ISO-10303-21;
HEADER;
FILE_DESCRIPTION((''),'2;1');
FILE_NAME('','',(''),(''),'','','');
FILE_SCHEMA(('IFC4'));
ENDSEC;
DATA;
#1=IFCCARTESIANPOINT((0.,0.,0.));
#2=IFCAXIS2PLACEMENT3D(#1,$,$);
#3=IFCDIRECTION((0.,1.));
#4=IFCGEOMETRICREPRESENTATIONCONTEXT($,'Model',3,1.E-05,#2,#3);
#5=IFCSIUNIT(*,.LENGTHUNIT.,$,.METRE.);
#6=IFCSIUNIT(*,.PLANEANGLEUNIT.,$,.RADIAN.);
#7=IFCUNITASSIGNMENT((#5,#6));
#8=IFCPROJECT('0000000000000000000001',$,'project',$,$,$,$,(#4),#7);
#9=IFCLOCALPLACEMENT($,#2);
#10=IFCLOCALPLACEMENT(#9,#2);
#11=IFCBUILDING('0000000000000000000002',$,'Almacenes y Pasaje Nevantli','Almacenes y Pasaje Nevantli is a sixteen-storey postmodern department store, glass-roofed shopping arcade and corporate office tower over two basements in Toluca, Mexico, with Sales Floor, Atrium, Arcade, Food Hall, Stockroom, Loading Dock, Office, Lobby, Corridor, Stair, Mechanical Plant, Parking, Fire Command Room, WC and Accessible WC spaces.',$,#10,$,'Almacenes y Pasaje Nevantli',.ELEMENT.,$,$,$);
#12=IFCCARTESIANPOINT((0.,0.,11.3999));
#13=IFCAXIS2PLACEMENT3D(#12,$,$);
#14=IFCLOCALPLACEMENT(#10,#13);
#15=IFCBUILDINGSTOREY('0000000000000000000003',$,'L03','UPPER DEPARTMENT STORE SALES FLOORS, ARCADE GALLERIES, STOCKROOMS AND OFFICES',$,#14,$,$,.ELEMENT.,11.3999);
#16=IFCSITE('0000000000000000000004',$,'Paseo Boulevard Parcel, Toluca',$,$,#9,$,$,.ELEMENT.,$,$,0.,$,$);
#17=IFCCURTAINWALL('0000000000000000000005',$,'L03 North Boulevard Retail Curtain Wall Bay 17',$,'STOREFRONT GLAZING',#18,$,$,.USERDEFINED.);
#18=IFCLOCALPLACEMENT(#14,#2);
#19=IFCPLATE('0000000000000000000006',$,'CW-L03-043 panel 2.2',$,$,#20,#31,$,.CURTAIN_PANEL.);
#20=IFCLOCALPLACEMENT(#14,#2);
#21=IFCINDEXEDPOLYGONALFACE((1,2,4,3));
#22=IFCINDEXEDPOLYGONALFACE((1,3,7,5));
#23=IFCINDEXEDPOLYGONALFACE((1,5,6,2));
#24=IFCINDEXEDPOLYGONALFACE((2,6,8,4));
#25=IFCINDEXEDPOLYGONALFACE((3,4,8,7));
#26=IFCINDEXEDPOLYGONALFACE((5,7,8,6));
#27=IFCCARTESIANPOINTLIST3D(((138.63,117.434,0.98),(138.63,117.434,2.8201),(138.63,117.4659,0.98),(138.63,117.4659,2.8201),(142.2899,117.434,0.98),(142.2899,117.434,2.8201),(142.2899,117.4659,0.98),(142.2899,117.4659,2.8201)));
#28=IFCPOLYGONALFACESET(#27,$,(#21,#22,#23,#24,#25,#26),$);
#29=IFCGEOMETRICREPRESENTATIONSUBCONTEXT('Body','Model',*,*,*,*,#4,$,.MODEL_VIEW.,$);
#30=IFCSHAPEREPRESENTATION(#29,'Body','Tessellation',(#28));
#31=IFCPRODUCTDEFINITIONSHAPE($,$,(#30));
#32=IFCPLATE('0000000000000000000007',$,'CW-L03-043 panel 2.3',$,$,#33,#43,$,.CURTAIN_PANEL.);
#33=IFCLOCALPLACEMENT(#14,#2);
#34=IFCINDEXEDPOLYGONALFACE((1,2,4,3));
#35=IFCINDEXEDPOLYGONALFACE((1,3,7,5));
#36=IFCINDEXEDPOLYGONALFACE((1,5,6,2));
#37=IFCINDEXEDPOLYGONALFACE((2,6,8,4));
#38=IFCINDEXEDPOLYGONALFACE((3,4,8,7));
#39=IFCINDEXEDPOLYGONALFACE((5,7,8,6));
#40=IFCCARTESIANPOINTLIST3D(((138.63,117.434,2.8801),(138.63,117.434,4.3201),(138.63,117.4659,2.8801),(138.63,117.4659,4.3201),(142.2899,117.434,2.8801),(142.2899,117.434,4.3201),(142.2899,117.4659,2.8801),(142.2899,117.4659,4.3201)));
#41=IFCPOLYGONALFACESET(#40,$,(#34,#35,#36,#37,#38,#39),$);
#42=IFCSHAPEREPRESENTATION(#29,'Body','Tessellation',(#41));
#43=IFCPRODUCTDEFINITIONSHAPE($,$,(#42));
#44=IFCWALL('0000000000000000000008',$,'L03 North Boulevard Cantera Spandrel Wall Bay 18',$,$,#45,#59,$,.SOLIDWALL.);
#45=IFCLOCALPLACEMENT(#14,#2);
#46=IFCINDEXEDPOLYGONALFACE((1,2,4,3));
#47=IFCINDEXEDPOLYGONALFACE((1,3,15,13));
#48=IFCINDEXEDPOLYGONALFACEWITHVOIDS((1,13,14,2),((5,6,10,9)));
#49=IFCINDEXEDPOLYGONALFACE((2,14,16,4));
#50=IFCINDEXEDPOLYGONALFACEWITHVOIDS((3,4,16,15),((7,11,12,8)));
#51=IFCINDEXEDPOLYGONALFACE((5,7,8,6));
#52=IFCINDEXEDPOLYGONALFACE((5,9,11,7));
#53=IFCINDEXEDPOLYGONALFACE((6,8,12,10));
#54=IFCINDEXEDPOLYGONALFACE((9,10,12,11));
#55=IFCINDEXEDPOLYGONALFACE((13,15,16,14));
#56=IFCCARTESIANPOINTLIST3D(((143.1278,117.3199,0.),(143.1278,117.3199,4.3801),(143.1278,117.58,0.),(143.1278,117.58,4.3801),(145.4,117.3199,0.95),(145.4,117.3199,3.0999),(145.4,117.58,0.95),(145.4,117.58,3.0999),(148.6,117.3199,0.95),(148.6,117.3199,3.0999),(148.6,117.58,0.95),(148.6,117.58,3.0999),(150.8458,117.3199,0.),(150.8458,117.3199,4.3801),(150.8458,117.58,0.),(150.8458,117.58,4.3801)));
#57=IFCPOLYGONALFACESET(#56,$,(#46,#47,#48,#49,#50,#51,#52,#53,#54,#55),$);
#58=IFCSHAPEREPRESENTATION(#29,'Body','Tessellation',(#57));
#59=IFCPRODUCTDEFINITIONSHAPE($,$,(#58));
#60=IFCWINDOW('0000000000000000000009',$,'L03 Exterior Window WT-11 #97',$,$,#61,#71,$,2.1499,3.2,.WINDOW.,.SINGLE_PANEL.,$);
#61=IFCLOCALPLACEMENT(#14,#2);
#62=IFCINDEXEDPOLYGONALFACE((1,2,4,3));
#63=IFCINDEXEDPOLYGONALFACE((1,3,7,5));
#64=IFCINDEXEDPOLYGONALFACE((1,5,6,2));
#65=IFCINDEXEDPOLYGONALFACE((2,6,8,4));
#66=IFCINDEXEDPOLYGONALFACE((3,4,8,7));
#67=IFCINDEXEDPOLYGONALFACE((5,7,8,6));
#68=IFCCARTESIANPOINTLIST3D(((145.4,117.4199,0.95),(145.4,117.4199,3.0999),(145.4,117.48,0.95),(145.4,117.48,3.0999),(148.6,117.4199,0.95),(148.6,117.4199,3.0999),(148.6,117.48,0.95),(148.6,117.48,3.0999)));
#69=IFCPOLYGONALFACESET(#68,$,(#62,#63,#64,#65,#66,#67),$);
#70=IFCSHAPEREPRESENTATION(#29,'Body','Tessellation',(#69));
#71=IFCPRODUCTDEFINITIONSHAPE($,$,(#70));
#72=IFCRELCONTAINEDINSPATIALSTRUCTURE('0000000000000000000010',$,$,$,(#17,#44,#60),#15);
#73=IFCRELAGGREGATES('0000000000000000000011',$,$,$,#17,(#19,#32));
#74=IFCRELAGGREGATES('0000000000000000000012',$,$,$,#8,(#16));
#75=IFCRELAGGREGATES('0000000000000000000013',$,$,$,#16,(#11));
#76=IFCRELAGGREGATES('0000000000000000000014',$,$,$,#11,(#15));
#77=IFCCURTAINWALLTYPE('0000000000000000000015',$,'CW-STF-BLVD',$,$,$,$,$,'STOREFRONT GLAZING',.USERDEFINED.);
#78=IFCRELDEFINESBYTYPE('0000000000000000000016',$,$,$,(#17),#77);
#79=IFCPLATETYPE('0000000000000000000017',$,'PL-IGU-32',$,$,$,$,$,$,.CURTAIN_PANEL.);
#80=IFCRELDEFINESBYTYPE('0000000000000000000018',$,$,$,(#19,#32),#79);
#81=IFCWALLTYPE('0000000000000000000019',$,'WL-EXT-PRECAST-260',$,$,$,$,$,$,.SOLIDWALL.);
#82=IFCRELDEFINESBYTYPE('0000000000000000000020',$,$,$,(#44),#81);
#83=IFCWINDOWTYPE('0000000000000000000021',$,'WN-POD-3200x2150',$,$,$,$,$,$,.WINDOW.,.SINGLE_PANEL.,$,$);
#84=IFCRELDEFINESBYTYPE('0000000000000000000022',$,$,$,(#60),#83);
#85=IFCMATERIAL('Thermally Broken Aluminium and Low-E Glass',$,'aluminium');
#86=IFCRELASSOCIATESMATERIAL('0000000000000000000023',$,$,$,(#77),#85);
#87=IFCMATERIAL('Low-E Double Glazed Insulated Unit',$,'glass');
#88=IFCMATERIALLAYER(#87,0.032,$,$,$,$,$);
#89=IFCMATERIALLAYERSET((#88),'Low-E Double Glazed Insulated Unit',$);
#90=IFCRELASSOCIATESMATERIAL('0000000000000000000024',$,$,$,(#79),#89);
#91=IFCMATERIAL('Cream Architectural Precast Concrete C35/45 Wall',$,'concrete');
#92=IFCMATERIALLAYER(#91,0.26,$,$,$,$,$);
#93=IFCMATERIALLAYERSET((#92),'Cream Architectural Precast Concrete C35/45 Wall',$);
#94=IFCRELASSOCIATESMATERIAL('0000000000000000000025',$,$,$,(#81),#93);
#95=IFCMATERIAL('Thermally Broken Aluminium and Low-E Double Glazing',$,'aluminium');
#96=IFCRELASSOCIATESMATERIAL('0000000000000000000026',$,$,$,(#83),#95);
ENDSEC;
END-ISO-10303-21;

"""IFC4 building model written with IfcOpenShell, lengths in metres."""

from ifc_helpers import new_model, si_unit, direction, frame, frame_2d, origin, origin_2d, place, context, subcontext, project, spatial, rectangle, extrude, material, layer, layer_set, type_object, element, fill, aggregate, save


model = new_model("IFC4")

# Units and contexts
model_context = context("Model", 3, precision=1e-05, world=origin(), true_north=direction((0.0, 1.0)))
body_context = subcontext(model_context, "Body", "Model", "MODEL_VIEW")
ifc_project = project(units=[si_unit("LENGTHUNIT", "METRE"), si_unit("PLANEANGLEUNIT", "RADIAN")], contexts=[model_context])

# Site, building, storey
site_placement = place(None, origin())
site = spatial("IfcSite", under=ifc_project, at=site_placement, Name="Paseo Boulevard Parcel, Toluca", CompositionType="ELEMENT", RefElevation=0.0)
building_placement = place(site_placement, origin())
building = spatial("IfcBuilding", under=site, at=building_placement, Name="Almacenes y Pasaje Nevantli", Description="Almacenes y Pasaje Nevantli is a sixteen-storey postmodern department store, glass-roofed shopping arcade and corporate office tower over two basements in Toluca, Mexico, with Sales Floor, Atrium, Arcade, Food Hall, Stockroom, Loading Dock, Office, Lobby, Corridor, Stair, Mechanical Plant, Parking, Fire Command Room, WC and Accessible WC spaces.", LongName="Almacenes y Pasaje Nevantli", CompositionType="ELEMENT")
storey_placement = place(building_placement, frame((0.0, 0.0, 11.3999)))
storey = spatial("IfcBuildingStorey", under=building, at=storey_placement, Name="L03", Description="UPPER DEPARTMENT STORE SALES FLOORS, ARCADE GALLERIES, STOCKROOMS AND OFFICES", CompositionType="ELEMENT", Elevation=11.3999)

# Curtain wall
ifc_material_1 = material(Name="Thermally Broken Aluminium and Low-E Glass", Category="aluminium")
curtain_wall_type = type_object("IfcCurtainWallType", Name="CW-STF-BLVD", ElementType="STOREFRONT GLAZING", PredefinedType="USERDEFINED", material=ifc_material_1)
curtain_wall_1_placement = place(storey_placement, origin())
curtain_wall_1 = element("IfcCurtainWall", 1, at=curtain_wall_1_placement, inside=storey, type_object=curtain_wall_type, Name="L03 North Boulevard Retail Curtain Wall Bay 17", ObjectType="STOREFRONT GLAZING", PredefinedType="USERDEFINED")

# Plates
ifc_material_2 = material(Name="Low-E Double Glazed Insulated Unit", Category="glass")
ifc_layer_1 = layer(ifc_material_2, 0.032)
ifc_layer_set_1 = layer_set([ifc_layer_1], Name="Low-E Double Glazed Insulated Unit")
plate_type = type_object("IfcPlateType", Name="PL-IGU-32", PredefinedType="CURTAIN_PANEL", material=ifc_layer_set_1)
plate_1_placement = place(storey_placement, frame((140.46, 117.45, 0.98), z_axis=(0.0, 0.0, 1.0), x_axis=(1.0, 0.0, 0.0)))
plate_1 = element("IfcPlate", 2, at=plate_1_placement, type_object=plate_type, Name="CW-L03-043 panel 2.2", PredefinedType="CURTAIN_PANEL", context=body_context, shape_type="SweptSolid", body=[
    extrude(rectangle(XDim=3.6599, YDim=0.032, at=origin_2d()), origin(), (0.0, 0.0, 1.0), 1.8401),
])
plate_2_placement = place(storey_placement, frame((140.46, 117.45, 2.8801), z_axis=(0.0, 0.0, 1.0), x_axis=(1.0, 0.0, 0.0)))
plate_2 = element("IfcPlate", 3, at=plate_2_placement, type_object=plate_type, Name="CW-L03-043 panel 2.3", PredefinedType="CURTAIN_PANEL", context=body_context, shape_type="SweptSolid", body=[
    extrude(rectangle(XDim=3.6599, YDim=0.032, at=origin_2d()), origin(), (0.0, 0.0, 1.0), 1.4399),
])
aggregate(curtain_wall_1, [plate_1, plate_2])

# Wall, opening, window
ifc_material_3 = material(Name="Cream Architectural Precast Concrete C35/45 Wall", Category="concrete")
ifc_layer_2 = layer(ifc_material_3, 0.26)
ifc_layer_set_2 = layer_set([ifc_layer_2], Name="Cream Architectural Precast Concrete C35/45 Wall")
wall_type = type_object("IfcWallType", Name="WL-EXT-PRECAST-260", PredefinedType="SOLIDWALL", material=ifc_layer_set_2)
wall_placement = place(storey_placement, frame((143.1279, 117.45, 0.0), z_axis=(0.0, 0.0, 1.0), x_axis=(1.0, 0.0, 0.0)))
wall = element("IfcWall", 4, at=wall_placement, inside=storey, type_object=wall_type, Name="L03 North Boulevard Cantera Spandrel Wall Bay 18", PredefinedType="SOLIDWALL", context=body_context, shape_type="SweptSolid", body=[
    extrude(rectangle(XDim=7.718, YDim=0.26, at=frame_2d((3.8589, 0.0))), origin(), (0.0, 0.0, 1.0), 4.3801),
])
opening_placement = place(wall_placement, frame((2.272, 0.0, 0.95)))
opening = element("IfcOpeningElement", 5, at=opening_placement, cuts=wall, PredefinedType="OPENING", context=body_context, shape_type="SweptSolid", body=[
    extrude(rectangle(XDim=3.2, YDim=2.1499, at=frame_2d((1.6001, 1.075))), frame((0.0, 0.1399, 0.0), z_axis=(0.0, -1.0, 0.0), x_axis=(1.0, 0.0, 0.0)), (0.0, 0.0, 1.0), 0.28),
])
ifc_material_4 = material(Name="Thermally Broken Aluminium and Low-E Double Glazing", Category="aluminium")
window_type = type_object("IfcWindowType", Name="WN-POD-3200x2150", PartitioningType="SINGLE_PANEL", PredefinedType="WINDOW", material=ifc_material_4)
window_placement = place(opening_placement, origin())
window = element("IfcWindow", 6, at=window_placement, inside=storey, type_object=window_type, Name="L03 Exterior Window WT-11 #97", OverallHeight=2.1499, OverallWidth=3.2, PartitioningType="SINGLE_PANEL", PredefinedType="WINDOW", context=body_context, shape_type="SweptSolid", body=[
    extrude(rectangle(XDim=3.2, YDim=2.1499, at=frame_2d((1.6001, 1.075))), frame((0.0, 0.03, 0.0), z_axis=(0.0, -1.0, 0.0), x_axis=(1.0, 0.0, 0.0)), (0.0, 0.0, 1.0), 0.0601),
])
fill(opening, window)

save(model, "model.ifc")
